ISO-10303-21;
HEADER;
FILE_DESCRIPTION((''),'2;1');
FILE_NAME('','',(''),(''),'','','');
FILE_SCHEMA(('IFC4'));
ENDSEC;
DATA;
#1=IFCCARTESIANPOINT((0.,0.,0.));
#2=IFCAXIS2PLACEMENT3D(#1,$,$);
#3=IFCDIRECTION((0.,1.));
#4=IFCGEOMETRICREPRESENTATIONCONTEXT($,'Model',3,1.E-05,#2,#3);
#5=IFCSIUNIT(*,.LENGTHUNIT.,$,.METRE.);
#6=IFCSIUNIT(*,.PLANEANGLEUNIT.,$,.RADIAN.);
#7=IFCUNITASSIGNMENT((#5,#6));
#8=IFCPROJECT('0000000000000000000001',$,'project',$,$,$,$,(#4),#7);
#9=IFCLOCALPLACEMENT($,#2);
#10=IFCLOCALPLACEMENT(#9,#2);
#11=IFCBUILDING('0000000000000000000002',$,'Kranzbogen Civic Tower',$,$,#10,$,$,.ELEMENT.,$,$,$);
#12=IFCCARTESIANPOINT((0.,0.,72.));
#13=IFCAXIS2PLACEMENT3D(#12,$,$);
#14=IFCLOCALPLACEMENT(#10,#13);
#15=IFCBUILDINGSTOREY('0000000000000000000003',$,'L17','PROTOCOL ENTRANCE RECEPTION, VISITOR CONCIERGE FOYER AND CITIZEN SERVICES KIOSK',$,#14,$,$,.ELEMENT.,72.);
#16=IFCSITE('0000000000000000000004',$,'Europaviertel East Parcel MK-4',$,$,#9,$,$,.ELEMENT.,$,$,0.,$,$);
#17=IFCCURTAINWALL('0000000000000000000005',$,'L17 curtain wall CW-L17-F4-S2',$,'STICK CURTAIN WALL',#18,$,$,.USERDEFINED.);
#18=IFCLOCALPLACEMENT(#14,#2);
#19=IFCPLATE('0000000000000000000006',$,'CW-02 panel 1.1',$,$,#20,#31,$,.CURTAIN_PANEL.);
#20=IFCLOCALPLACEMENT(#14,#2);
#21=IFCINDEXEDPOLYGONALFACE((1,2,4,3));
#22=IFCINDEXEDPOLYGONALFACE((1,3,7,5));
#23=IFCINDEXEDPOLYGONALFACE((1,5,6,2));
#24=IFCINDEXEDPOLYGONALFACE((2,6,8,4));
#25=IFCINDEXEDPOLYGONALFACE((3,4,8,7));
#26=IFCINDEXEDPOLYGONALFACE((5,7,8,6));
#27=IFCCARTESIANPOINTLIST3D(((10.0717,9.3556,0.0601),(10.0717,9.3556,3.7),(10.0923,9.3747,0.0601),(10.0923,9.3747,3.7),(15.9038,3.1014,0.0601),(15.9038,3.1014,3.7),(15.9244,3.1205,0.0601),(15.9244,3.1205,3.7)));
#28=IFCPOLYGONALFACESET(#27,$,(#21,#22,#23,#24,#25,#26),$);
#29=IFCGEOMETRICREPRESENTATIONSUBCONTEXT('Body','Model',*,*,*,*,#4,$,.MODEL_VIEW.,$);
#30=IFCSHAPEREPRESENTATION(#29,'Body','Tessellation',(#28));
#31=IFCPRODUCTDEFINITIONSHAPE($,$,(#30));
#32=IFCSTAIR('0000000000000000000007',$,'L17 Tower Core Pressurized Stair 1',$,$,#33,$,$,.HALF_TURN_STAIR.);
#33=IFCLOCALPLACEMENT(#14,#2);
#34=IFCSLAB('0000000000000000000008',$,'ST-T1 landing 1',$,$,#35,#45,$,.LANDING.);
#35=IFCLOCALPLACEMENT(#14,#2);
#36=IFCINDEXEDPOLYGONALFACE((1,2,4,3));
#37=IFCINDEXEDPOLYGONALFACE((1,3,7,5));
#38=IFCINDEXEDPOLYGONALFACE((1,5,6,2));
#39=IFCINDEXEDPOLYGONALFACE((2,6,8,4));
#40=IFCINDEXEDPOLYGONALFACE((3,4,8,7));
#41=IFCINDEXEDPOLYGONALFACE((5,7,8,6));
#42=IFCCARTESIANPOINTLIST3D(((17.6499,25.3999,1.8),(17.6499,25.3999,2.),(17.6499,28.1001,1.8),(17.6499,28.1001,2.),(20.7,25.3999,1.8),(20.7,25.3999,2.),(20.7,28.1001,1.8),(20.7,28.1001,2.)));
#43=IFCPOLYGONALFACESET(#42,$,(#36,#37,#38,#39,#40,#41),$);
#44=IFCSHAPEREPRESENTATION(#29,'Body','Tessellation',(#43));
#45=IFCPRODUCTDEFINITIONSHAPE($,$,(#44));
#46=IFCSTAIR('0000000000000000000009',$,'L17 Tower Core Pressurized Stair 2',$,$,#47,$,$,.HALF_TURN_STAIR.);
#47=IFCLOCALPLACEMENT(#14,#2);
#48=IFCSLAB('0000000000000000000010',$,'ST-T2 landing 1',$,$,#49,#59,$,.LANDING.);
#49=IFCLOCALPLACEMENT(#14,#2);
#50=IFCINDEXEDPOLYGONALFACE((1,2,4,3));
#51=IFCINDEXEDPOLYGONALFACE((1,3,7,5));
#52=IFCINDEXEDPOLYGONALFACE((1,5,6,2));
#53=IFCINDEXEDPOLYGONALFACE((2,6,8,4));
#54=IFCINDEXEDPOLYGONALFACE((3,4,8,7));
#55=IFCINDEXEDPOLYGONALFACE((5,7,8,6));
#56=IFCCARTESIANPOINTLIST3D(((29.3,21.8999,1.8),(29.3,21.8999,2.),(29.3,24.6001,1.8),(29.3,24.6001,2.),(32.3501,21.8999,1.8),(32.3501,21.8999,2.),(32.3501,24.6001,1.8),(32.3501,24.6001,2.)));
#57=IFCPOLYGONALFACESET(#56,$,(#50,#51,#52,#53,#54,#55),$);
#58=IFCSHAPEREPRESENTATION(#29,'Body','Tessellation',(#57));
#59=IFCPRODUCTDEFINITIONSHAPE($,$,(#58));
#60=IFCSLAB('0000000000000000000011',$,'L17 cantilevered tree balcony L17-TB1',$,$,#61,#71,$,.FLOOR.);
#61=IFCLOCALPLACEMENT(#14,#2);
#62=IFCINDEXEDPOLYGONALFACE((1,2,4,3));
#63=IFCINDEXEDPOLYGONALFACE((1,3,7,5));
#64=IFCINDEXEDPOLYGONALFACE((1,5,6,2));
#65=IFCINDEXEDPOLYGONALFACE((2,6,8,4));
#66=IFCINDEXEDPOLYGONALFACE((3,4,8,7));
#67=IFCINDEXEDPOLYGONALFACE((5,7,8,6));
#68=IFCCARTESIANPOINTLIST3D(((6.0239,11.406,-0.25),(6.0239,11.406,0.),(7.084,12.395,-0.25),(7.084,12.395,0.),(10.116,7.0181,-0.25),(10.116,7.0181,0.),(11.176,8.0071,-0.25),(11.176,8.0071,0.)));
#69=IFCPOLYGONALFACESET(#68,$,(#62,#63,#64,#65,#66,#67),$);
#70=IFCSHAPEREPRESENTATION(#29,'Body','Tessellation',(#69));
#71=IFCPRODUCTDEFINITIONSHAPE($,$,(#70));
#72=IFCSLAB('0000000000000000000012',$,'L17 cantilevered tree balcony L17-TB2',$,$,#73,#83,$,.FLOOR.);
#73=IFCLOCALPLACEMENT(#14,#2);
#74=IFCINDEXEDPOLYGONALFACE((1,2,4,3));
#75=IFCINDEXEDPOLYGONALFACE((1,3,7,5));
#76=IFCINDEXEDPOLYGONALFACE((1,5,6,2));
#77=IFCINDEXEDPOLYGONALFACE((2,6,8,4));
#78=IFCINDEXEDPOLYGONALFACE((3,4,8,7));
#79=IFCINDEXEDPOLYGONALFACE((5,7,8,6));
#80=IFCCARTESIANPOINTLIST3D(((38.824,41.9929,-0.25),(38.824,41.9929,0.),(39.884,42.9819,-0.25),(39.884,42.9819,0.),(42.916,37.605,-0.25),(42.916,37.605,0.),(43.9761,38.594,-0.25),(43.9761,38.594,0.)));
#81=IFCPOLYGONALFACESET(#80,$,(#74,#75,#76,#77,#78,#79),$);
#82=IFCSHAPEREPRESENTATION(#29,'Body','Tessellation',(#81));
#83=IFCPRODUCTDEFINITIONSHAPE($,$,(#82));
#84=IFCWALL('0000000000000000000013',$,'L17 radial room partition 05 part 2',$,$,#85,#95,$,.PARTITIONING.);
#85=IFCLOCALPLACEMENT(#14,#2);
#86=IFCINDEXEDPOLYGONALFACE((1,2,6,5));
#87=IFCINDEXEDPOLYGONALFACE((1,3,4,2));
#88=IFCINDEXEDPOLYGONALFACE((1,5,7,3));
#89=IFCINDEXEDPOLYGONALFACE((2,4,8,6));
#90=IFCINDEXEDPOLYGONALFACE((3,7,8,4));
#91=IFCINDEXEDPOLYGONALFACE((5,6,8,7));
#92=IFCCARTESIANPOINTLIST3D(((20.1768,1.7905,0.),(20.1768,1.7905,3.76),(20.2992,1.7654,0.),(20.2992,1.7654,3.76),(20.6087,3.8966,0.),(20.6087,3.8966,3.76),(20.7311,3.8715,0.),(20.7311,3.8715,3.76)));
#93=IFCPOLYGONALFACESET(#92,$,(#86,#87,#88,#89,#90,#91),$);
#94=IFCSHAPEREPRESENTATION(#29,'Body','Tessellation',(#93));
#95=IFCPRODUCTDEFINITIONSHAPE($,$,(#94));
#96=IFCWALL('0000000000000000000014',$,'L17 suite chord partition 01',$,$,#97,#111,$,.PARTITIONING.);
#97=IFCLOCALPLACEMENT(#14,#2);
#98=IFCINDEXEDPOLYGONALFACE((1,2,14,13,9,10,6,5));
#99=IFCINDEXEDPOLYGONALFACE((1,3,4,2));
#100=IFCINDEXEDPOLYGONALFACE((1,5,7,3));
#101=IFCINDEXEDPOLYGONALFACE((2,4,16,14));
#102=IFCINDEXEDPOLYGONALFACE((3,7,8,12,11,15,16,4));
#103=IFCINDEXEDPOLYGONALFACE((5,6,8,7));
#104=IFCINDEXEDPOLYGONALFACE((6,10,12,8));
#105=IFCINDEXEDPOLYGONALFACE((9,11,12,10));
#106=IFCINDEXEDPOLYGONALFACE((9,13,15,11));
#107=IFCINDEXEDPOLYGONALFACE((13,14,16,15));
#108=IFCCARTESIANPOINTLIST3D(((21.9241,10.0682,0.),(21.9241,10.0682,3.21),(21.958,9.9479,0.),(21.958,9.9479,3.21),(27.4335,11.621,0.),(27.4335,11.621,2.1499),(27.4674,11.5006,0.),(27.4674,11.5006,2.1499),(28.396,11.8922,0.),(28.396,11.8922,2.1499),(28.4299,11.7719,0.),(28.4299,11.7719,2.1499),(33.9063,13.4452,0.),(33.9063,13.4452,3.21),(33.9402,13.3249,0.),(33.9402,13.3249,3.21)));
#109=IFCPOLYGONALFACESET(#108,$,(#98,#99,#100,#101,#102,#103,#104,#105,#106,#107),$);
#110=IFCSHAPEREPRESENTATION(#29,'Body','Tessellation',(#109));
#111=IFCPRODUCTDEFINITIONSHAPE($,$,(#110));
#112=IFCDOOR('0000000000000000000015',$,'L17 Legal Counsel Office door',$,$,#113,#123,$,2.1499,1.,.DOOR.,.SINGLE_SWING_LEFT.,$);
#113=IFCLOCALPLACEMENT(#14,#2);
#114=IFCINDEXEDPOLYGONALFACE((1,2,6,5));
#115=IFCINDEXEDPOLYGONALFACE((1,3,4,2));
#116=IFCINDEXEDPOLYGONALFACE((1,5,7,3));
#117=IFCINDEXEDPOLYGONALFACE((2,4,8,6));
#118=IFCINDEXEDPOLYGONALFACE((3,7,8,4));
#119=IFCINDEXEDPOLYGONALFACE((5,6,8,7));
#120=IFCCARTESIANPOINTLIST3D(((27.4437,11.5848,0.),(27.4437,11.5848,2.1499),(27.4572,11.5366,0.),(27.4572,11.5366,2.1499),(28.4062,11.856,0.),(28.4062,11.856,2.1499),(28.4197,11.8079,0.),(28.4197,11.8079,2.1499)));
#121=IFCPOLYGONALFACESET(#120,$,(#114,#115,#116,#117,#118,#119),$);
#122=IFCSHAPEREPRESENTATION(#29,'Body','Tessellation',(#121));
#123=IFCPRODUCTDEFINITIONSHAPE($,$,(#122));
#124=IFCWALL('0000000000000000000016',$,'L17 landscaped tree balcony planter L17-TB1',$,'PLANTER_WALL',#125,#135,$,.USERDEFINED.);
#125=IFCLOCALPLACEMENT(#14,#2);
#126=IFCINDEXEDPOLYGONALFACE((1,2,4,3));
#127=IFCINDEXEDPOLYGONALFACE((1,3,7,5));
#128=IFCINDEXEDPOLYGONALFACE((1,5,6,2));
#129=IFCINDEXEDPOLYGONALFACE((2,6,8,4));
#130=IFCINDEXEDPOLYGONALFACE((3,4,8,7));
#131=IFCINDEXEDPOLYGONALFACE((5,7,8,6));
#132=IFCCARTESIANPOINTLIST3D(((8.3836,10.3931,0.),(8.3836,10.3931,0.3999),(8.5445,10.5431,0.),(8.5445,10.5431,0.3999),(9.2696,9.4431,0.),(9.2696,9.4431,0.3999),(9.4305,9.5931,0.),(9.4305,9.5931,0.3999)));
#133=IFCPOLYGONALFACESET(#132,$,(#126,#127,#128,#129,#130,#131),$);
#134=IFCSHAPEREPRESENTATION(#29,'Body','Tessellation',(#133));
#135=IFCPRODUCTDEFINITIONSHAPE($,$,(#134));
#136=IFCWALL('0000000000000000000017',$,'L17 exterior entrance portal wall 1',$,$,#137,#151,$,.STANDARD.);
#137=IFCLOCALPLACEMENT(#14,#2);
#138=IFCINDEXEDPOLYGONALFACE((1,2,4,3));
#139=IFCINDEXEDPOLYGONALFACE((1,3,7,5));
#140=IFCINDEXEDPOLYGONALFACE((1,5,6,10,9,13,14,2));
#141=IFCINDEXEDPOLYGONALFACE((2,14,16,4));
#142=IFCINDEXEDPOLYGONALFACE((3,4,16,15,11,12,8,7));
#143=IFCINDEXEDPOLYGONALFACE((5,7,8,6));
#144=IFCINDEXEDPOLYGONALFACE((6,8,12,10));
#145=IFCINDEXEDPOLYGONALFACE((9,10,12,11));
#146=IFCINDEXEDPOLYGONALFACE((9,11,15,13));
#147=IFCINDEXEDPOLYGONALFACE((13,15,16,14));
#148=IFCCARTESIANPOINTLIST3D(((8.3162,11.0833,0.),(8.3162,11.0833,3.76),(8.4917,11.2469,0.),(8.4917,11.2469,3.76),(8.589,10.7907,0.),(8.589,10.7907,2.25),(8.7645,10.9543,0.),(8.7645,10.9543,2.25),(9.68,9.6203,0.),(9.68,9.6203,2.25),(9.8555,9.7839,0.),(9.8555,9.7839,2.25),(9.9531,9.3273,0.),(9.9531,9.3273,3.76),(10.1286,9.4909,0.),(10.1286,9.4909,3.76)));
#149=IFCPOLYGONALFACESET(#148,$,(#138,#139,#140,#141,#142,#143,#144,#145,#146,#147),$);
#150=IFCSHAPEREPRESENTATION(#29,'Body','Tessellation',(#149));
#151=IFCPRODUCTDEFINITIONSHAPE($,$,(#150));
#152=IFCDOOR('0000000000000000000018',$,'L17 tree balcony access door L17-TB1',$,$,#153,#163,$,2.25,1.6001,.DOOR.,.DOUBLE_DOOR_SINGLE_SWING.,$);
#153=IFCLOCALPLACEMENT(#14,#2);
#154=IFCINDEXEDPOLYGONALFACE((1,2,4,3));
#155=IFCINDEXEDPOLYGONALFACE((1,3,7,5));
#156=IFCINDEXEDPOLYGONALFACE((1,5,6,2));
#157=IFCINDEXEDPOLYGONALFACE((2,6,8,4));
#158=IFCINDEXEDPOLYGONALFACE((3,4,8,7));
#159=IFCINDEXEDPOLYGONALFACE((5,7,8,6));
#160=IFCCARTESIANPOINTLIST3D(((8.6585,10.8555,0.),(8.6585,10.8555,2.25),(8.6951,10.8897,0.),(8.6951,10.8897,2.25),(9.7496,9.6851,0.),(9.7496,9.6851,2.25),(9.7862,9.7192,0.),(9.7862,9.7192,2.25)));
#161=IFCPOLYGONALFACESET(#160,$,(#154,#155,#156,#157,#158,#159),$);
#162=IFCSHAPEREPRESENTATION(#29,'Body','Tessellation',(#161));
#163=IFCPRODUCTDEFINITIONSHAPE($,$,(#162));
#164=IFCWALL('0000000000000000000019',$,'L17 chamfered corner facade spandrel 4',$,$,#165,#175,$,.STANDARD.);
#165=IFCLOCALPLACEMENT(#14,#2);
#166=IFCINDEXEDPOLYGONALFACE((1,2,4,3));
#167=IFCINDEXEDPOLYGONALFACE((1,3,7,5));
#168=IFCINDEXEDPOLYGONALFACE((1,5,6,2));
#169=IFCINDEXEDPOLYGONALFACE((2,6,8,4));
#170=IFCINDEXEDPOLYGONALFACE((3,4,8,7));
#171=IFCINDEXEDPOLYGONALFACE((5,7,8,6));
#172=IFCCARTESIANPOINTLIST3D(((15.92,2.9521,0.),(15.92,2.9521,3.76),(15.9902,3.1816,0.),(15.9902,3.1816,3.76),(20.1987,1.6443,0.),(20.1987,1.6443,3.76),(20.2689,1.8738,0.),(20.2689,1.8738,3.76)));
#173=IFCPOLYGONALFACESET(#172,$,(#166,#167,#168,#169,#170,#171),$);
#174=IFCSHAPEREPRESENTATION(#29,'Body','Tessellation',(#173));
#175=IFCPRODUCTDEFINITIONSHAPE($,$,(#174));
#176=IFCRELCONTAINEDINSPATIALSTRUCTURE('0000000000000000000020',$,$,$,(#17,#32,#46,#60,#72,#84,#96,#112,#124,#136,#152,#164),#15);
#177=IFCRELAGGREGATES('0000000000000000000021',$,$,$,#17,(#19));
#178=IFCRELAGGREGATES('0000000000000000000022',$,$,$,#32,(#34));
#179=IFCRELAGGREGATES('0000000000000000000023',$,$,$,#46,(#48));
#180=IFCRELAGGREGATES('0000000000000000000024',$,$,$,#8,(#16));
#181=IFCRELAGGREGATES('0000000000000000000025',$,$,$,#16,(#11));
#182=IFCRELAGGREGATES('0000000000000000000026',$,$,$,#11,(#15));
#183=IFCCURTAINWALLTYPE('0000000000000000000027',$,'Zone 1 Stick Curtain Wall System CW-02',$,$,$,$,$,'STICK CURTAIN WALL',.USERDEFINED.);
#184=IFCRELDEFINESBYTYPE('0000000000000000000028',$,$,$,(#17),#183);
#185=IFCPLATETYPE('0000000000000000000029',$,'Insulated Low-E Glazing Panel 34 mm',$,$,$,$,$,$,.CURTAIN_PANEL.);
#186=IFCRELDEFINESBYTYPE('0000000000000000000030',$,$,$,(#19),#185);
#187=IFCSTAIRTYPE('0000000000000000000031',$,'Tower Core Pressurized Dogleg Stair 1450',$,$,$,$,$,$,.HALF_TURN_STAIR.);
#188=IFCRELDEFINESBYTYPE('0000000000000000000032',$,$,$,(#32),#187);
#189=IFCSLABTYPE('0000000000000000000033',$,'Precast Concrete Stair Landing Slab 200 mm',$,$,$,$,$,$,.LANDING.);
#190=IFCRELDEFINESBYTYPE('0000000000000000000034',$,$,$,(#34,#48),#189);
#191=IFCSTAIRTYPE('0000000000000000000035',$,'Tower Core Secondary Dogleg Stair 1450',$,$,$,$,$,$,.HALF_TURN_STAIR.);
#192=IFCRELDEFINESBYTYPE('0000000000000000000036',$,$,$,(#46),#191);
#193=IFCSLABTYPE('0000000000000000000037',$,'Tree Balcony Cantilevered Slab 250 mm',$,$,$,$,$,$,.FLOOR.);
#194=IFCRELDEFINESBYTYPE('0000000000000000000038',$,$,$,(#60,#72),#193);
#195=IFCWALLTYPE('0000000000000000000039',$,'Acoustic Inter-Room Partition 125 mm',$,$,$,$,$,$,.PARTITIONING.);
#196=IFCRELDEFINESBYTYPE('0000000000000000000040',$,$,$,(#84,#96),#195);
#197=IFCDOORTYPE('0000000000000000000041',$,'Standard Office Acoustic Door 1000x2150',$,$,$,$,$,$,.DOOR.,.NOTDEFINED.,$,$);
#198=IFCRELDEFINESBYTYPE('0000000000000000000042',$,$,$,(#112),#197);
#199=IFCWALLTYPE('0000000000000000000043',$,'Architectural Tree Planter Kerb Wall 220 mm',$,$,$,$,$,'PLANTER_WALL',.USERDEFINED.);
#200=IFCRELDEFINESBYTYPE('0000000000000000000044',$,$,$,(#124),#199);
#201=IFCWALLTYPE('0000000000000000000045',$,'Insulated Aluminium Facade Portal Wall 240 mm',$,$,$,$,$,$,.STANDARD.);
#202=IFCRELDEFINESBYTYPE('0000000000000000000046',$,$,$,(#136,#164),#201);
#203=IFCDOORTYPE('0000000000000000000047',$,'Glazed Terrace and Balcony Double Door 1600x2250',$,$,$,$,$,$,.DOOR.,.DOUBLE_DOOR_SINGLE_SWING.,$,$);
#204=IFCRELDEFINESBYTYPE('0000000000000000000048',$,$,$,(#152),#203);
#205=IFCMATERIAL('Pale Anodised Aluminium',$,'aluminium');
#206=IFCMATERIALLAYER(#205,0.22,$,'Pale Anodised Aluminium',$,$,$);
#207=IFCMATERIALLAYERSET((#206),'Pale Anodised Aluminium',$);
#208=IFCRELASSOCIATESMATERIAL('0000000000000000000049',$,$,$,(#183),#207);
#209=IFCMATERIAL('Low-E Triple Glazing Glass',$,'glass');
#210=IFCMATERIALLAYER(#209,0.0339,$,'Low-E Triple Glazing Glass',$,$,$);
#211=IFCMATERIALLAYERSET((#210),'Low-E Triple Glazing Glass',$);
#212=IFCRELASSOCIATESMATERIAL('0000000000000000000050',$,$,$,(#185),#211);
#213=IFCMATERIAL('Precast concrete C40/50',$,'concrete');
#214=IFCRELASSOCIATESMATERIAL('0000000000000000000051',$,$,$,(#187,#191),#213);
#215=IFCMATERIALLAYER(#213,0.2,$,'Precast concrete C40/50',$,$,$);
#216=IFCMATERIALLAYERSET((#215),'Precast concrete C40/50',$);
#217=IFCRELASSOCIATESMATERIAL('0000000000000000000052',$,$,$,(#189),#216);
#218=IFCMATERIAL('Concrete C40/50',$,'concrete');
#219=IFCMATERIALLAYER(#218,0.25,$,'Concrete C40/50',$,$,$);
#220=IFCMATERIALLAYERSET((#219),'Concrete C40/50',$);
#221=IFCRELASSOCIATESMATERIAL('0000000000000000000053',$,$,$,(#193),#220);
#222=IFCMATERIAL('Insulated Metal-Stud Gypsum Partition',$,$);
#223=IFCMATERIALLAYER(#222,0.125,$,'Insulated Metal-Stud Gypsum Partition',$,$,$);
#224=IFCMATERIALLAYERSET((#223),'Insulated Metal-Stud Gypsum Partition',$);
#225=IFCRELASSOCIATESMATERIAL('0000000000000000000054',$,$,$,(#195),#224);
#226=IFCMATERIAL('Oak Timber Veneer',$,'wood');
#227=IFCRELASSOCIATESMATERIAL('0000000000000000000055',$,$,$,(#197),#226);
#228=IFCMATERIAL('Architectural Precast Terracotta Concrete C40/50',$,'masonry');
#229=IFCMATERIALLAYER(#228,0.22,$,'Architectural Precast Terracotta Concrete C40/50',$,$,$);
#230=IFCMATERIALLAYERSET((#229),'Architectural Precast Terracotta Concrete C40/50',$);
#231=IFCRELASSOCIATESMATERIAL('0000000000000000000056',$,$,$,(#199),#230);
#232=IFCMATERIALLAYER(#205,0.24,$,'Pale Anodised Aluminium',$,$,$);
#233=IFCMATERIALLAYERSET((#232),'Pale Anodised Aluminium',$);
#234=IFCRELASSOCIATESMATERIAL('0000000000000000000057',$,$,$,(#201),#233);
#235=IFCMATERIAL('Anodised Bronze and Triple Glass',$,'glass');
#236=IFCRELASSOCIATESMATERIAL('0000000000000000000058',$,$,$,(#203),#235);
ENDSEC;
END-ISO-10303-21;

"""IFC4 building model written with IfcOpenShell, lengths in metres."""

from ifc_helpers import new_model, si_unit, direction, frame, frame_2d, origin, origin_2d, place, context, subcontext, project, spatial, polyline, rectangle, outline, extrude, material, layer, layer_set, type_object, element, fill, aggregate, save


model = new_model("IFC4")

# Units and contexts
model_context = context("Model", 3, precision=1e-05, world=origin(), true_north=direction((0.0, 1.0)))
body_context = subcontext(model_context, "Body", "Model", "MODEL_VIEW")
ifc_project = project(units=[si_unit("LENGTHUNIT", "METRE"), si_unit("PLANEANGLEUNIT", "RADIAN")], contexts=[model_context])

# Site, building, storey
site_placement = place(None, origin())
site = spatial("IfcSite", under=ifc_project, at=site_placement, Name="Europaviertel East Parcel MK-4", CompositionType="ELEMENT", RefElevation=0.0)
building_placement = place(site_placement, origin())
building = spatial("IfcBuilding", under=site, at=building_placement, Name="Kranzbogen Civic Tower", CompositionType="ELEMENT")
storey_placement = place(building_placement, frame((0.0, 0.0, 72.0)))
storey = spatial("IfcBuildingStorey", under=building, at=storey_placement, Name="L17", Description="PROTOCOL ENTRANCE RECEPTION, VISITOR CONCIERGE FOYER AND CITIZEN SERVICES KIOSK", CompositionType="ELEMENT", Elevation=72.0)

# Shared definitions
ifc_material_1 = material(Name="Pale Anodised Aluminium", Category="aluminium")
ifc_layer_1 = layer(ifc_material_1, 0.22, Name="Pale Anodised Aluminium")
ifc_layer_set_1 = layer_set([ifc_layer_1], Name="Pale Anodised Aluminium")
curtain_wall_type = type_object("IfcCurtainWallType", Name="Zone 1 Stick Curtain Wall System CW-02", ElementType="STICK CURTAIN WALL", PredefinedType="USERDEFINED", material=ifc_layer_set_1)

# Curtain wall
curtain_wall_1_placement = place(storey_placement, origin())
curtain_wall_1 = element("IfcCurtainWall", 1, at=curtain_wall_1_placement, inside=storey, type_object=curtain_wall_type, Name="L17 curtain wall CW-L17-F4-S2", ObjectType="STICK CURTAIN WALL", PredefinedType="USERDEFINED")

# Shared definitions
ifc_material_2 = material(Name="Concrete C40/50", Category="concrete")

# Plate
ifc_material_3 = material(Name="Low-E Triple Glazing Glass", Category="glass")
ifc_layer_2 = layer(ifc_material_3, 0.0339, Name="Low-E Triple Glazing Glass")
ifc_layer_set_2 = layer_set([ifc_layer_2], Name="Low-E Triple Glazing Glass")
plate_type = type_object("IfcPlateType", Name="Insulated Low-E Glazing Panel 34 mm", PredefinedType="CURTAIN_PANEL", material=ifc_layer_set_2)
plate_placement = place(storey_placement, frame((12.998, 6.238, 0.0601), z_axis=(0.0, 0.0, 1.0), x_axis=(0.681998, -0.731354, 0.0)))
plate = element("IfcPlate", 2, at=plate_placement, type_object=plate_type, Name="CW-02 panel 1.1", PredefinedType="CURTAIN_PANEL", context=body_context, shape_type="SweptSolid", body=[
    extrude(rectangle(XDim=8.5515, YDim=0.0281, at=origin_2d()), origin(), (0.0, 0.0, 1.0), 3.6399),
])
aggregate(curtain_wall_1, [plate])

# Stairs, slabs
ifc_material_4 = material(Name="Precast concrete C40/50", Category="concrete")
stair_type_1 = type_object("IfcStairType", Name="Tower Core Pressurized Dogleg Stair 1450", PredefinedType="HALF_TURN_STAIR", material=ifc_material_4)
stair_1_placement = place(storey_placement, origin())
stair_1 = element("IfcStair", 3, at=stair_1_placement, inside=storey, type_object=stair_type_1, Name="L17 Tower Core Pressurized Stair 1", PredefinedType="HALF_TURN_STAIR")
ifc_layer_3 = layer(ifc_material_4, 0.2, Name="Precast concrete C40/50")
ifc_layer_set_3 = layer_set([ifc_layer_3], Name="Precast concrete C40/50")
slab_type_1 = type_object("IfcSlabType", Name="Precast Concrete Stair Landing Slab 200 mm", PredefinedType="LANDING", material=ifc_layer_set_3)
slab_1_placement = place(storey_placement, frame((0.0, 0.0, 1.8)))
slab_1 = element("IfcSlab", 4, at=slab_1_placement, type_object=slab_type_1, Name="ST-T1 landing 1", PredefinedType="LANDING", context=body_context, shape_type="SweptSolid", body=[
    extrude(outline(polyline([(20.7, 25.3999), (20.7, 28.1001), (17.6499, 28.1001), (17.6499, 25.3999), (20.7, 25.3999)])), origin(), (0.0, 0.0, 1.0), 0.2),
])
aggregate(stair_1, [slab_1])
stair_type_2 = type_object("IfcStairType", Name="Tower Core Secondary Dogleg Stair 1450", PredefinedType="HALF_TURN_STAIR", material=ifc_material_4)
stair_2_placement = place(storey_placement, origin())
stair_2 = element("IfcStair", 5, at=stair_2_placement, inside=storey, type_object=stair_type_2, Name="L17 Tower Core Pressurized Stair 2", PredefinedType="HALF_TURN_STAIR")
slab_2_placement = place(storey_placement, frame((0.0, 0.0, 1.8)))
slab_2 = element("IfcSlab", 6, at=slab_2_placement, type_object=slab_type_1, Name="ST-T2 landing 1", PredefinedType="LANDING", context=body_context, shape_type="SweptSolid", body=[
    extrude(outline(polyline([(29.3, 24.6001), (29.3, 21.8999), (32.3501, 21.8999), (32.3501, 24.6001), (29.3, 24.6001)])), origin(), (0.0, 0.0, 1.0), 0.2),
])
aggregate(stair_2, [slab_2])

# Slabs
ifc_layer_4 = layer(ifc_material_2, 0.25, Name="Concrete C40/50")
ifc_layer_set_4 = layer_set([ifc_layer_4], Name="Concrete C40/50")
slab_type_2 = type_object("IfcSlabType", Name="Tree Balcony Cantilevered Slab 250 mm", PredefinedType="FLOOR", material=ifc_layer_set_4)
slab_3_placement = place(storey_placement, frame((0.0, 0.0, -0.25)))
element("IfcSlab", 7, at=slab_3_placement, inside=storey, type_object=slab_type_2, Name="L17 cantilevered tree balcony L17-TB1", PredefinedType="FLOOR", context=body_context, shape_type="SweptSolid", body=[
    extrude(outline(polyline([(7.084, 12.395), (11.176, 8.0071), (10.116, 7.0181), (6.0239, 11.406), (7.084, 12.395)])), origin(), (0.0, 0.0, 1.0), 0.25),
])
slab_4_placement = place(storey_placement, frame((0.0, 0.0, -0.25)))
element("IfcSlab", 8, at=slab_4_placement, inside=storey, type_object=slab_type_2, Name="L17 cantilevered tree balcony L17-TB2", PredefinedType="FLOOR", context=body_context, shape_type="SweptSolid", body=[
    extrude(outline(polyline([(42.916, 37.605), (38.824, 41.9929), (39.884, 42.9819), (43.9761, 38.594), (42.916, 37.605)])), origin(), (0.0, 0.0, 1.0), 0.25),
])

# Wall
ifc_material_5 = material(Name="Insulated Metal-Stud Gypsum Partition")
ifc_layer_5 = layer(ifc_material_5, 0.125, Name="Insulated Metal-Stud Gypsum Partition")
ifc_layer_set_5 = layer_set([ifc_layer_5], Name="Insulated Metal-Stud Gypsum Partition")
wall_type_1 = type_object("IfcWallType", Name="Acoustic Inter-Room Partition 125 mm", PredefinedType="PARTITIONING", material=ifc_layer_set_5)
wall_1_placement = place(storey_placement, frame((20.6699, 3.884, 0.0), z_axis=(0.0, 0.0, 1.0), x_axis=(-0.200897, -0.979612, 0.0)))
element("IfcWall", 9, at=wall_1_placement, inside=storey, type_object=wall_type_1, Name="L17 radial room partition 05 part 2", PredefinedType="PARTITIONING", context=body_context, shape_type="SweptSolid", body=[
    extrude(rectangle(XDim=2.1499, YDim=0.125, at=frame_2d((1.075, 0.0))), origin(), (0.0, 0.0, 1.0), 3.76),
])

# Wall, opening, door
wall_2_placement = place(storey_placement, frame((21.9409, 10.0081, 0.0), z_axis=(0.0, 0.0, 1.0), x_axis=(0.962505, 0.271264, 0.0)))
wall_2 = element("IfcWall", 10, at=wall_2_placement, inside=storey, type_object=wall_type_1, Name="L17 suite chord partition 01", PredefinedType="PARTITIONING", context=body_context, shape_type="SweptSolid", body=[
    extrude(rectangle(XDim=12.449, YDim=0.125, at=frame_2d((6.2246, 0.0))), origin(), (0.0, 0.0, 1.0), 3.21),
])
opening_1_placement = place(wall_2_placement, frame((5.7241, 0.0, 0.0)))
opening_1 = element("IfcOpeningElement", 11, at=opening_1_placement, cuts=wall_2, PredefinedType="OPENING", context=body_context, shape_type="SweptSolid", body=[
    extrude(rectangle(XDim=1.0, YDim=2.1499, at=frame_2d((0.5, 1.075))), frame((0.0, 0.0725, 0.0), z_axis=(0.0, -1.0, 0.0), x_axis=(1.0, 0.0, 0.0)), (0.0, 0.0, 1.0), 0.145),
])
ifc_material_6 = material(Name="Oak Timber Veneer", Category="wood")
door_type_1 = type_object("IfcDoorType", Name="Standard Office Acoustic Door 1000x2150", OperationType="NOTDEFINED", PredefinedType="DOOR", material=ifc_material_6)
door_1_placement = place(opening_1_placement, origin())
door_1 = element("IfcDoor", 12, at=door_1_placement, inside=storey, type_object=door_type_1, Name="L17 Legal Counsel Office door", OperationType="SINGLE_SWING_LEFT", OverallHeight=2.1499, OverallWidth=1.0, PredefinedType="DOOR", context=body_context, shape_type="SweptSolid", body=[
    extrude(rectangle(XDim=1.0, YDim=2.1499, at=frame_2d((0.5, 1.075))), frame((0.0, 0.0249, 0.0), z_axis=(0.0, -1.0, 0.0), x_axis=(1.0, 0.0, 0.0)), (0.0, 0.0, 1.0), 0.05),
])
fill(opening_1, door_1)

# Wall
ifc_material_7 = material(Name="Architectural Precast Terracotta Concrete C40/50", Category="masonry")
ifc_layer_6 = layer(ifc_material_7, 0.22, Name="Architectural Precast Terracotta Concrete C40/50")
ifc_layer_set_6 = layer_set([ifc_layer_6], Name="Architectural Precast Terracotta Concrete C40/50")
wall_type_2 = type_object("IfcWallType", Name="Architectural Tree Planter Kerb Wall 220 mm", ElementType="PLANTER_WALL", PredefinedType="USERDEFINED", material=ifc_layer_set_6)
wall_3_placement = place(storey_placement, frame((8.4641, 10.468, 0.0), z_axis=(0.0, 0.0, 1.0), x_axis=(0.682057, -0.731299, 0.0)))
element("IfcWall", 13, at=wall_3_placement, inside=storey, type_object=wall_type_2, Name="L17 landscaped tree balcony planter L17-TB1", ObjectType="PLANTER_WALL", PredefinedType="USERDEFINED", context=body_context, shape_type="SweptSolid", body=[
    extrude(rectangle(XDim=1.2991, YDim=0.22, at=frame_2d((0.6494, 0.0))), origin(), (0.0, 0.0, 1.0), 0.3999),
])

# Wall, opening, door
ifc_layer_7 = layer(ifc_material_1, 0.24, Name="Pale Anodised Aluminium")
ifc_layer_set_7 = layer_set([ifc_layer_7], Name="Pale Anodised Aluminium")
wall_type_3 = type_object("IfcWallType", Name="Insulated Aluminium Facade Portal Wall 240 mm", PredefinedType="STANDARD", material=ifc_layer_set_7)
wall_4_placement = place(storey_placement, frame((8.4041, 11.165, 0.0), z_axis=(0.0, 0.0, 1.0), x_axis=(0.681858, -0.731485, 0.0)))
wall_4 = element("IfcWall", 14, at=wall_4_placement, inside=storey, type_object=wall_type_3, Name="L17 exterior entrance portal wall 1", PredefinedType="STANDARD", context=body_context, shape_type="SweptSolid", body=[
    extrude(rectangle(XDim=2.4006, YDim=0.24, at=frame_2d((1.2002, 0.0))), origin(), (0.0, 0.0, 1.0), 3.76),
])
opening_2_placement = place(wall_4_placement, frame((0.3999, 0.0, 0.0)))
opening_2 = element("IfcOpeningElement", 15, at=opening_2_placement, cuts=wall_4, PredefinedType="OPENING", context=body_context, shape_type="SweptSolid", body=[
    extrude(rectangle(XDim=1.6001, YDim=2.25, at=frame_2d((0.8, 1.125))), frame((0.0, 0.1299, 0.0), z_axis=(0.0, -1.0, 0.0), x_axis=(1.0, 0.0, 0.0)), (0.0, 0.0, 1.0), 0.26),
])
ifc_material_8 = material(Name="Anodised Bronze and Triple Glass", Category="glass")
door_type_2 = type_object("IfcDoorType", Name="Glazed Terrace and Balcony Double Door 1600x2250", OperationType="DOUBLE_DOOR_SINGLE_SWING", PredefinedType="DOOR", material=ifc_material_8)
door_2_placement = place(opening_2_placement, frame((1.6001, 0.0, 0.0), z_axis=(0.0, 0.0, 1.0), x_axis=(-1.0, 0.0, 0.0)))
door_2 = element("IfcDoor", 16, at=door_2_placement, inside=storey, type_object=door_type_2, Name="L17 tree balcony access door L17-TB1", OperationType="DOUBLE_DOOR_SINGLE_SWING", OverallHeight=2.25, OverallWidth=1.6001, PredefinedType="DOOR", context=body_context, shape_type="SweptSolid", body=[
    extrude(rectangle(XDim=1.6001, YDim=2.25, at=frame_2d((0.8, 1.125))), frame((0.0, 0.0249, 0.0), z_axis=(0.0, -1.0, 0.0), x_axis=(1.0, 0.0, 0.0)), (0.0, 0.0, 1.0), 0.05),
])
fill(opening_2, door_2)

# Wall
wall_5_placement = place(storey_placement, frame((15.9551, 3.0669, 0.0), z_axis=(0.0, 0.0, 1.0), x_axis=(0.956324, -0.29231, 0.0)))
element("IfcWall", 17, at=wall_5_placement, inside=storey, type_object=wall_type_3, Name="L17 chamfered corner facade spandrel 4", PredefinedType="STANDARD", context=body_context, shape_type="SweptSolid", body=[
    extrude(rectangle(XDim=4.4741, YDim=0.24, at=frame_2d((2.2371, 0.0))), origin(), (0.0, 0.0, 1.0), 3.76),
])

save(model, "model.ifc")
